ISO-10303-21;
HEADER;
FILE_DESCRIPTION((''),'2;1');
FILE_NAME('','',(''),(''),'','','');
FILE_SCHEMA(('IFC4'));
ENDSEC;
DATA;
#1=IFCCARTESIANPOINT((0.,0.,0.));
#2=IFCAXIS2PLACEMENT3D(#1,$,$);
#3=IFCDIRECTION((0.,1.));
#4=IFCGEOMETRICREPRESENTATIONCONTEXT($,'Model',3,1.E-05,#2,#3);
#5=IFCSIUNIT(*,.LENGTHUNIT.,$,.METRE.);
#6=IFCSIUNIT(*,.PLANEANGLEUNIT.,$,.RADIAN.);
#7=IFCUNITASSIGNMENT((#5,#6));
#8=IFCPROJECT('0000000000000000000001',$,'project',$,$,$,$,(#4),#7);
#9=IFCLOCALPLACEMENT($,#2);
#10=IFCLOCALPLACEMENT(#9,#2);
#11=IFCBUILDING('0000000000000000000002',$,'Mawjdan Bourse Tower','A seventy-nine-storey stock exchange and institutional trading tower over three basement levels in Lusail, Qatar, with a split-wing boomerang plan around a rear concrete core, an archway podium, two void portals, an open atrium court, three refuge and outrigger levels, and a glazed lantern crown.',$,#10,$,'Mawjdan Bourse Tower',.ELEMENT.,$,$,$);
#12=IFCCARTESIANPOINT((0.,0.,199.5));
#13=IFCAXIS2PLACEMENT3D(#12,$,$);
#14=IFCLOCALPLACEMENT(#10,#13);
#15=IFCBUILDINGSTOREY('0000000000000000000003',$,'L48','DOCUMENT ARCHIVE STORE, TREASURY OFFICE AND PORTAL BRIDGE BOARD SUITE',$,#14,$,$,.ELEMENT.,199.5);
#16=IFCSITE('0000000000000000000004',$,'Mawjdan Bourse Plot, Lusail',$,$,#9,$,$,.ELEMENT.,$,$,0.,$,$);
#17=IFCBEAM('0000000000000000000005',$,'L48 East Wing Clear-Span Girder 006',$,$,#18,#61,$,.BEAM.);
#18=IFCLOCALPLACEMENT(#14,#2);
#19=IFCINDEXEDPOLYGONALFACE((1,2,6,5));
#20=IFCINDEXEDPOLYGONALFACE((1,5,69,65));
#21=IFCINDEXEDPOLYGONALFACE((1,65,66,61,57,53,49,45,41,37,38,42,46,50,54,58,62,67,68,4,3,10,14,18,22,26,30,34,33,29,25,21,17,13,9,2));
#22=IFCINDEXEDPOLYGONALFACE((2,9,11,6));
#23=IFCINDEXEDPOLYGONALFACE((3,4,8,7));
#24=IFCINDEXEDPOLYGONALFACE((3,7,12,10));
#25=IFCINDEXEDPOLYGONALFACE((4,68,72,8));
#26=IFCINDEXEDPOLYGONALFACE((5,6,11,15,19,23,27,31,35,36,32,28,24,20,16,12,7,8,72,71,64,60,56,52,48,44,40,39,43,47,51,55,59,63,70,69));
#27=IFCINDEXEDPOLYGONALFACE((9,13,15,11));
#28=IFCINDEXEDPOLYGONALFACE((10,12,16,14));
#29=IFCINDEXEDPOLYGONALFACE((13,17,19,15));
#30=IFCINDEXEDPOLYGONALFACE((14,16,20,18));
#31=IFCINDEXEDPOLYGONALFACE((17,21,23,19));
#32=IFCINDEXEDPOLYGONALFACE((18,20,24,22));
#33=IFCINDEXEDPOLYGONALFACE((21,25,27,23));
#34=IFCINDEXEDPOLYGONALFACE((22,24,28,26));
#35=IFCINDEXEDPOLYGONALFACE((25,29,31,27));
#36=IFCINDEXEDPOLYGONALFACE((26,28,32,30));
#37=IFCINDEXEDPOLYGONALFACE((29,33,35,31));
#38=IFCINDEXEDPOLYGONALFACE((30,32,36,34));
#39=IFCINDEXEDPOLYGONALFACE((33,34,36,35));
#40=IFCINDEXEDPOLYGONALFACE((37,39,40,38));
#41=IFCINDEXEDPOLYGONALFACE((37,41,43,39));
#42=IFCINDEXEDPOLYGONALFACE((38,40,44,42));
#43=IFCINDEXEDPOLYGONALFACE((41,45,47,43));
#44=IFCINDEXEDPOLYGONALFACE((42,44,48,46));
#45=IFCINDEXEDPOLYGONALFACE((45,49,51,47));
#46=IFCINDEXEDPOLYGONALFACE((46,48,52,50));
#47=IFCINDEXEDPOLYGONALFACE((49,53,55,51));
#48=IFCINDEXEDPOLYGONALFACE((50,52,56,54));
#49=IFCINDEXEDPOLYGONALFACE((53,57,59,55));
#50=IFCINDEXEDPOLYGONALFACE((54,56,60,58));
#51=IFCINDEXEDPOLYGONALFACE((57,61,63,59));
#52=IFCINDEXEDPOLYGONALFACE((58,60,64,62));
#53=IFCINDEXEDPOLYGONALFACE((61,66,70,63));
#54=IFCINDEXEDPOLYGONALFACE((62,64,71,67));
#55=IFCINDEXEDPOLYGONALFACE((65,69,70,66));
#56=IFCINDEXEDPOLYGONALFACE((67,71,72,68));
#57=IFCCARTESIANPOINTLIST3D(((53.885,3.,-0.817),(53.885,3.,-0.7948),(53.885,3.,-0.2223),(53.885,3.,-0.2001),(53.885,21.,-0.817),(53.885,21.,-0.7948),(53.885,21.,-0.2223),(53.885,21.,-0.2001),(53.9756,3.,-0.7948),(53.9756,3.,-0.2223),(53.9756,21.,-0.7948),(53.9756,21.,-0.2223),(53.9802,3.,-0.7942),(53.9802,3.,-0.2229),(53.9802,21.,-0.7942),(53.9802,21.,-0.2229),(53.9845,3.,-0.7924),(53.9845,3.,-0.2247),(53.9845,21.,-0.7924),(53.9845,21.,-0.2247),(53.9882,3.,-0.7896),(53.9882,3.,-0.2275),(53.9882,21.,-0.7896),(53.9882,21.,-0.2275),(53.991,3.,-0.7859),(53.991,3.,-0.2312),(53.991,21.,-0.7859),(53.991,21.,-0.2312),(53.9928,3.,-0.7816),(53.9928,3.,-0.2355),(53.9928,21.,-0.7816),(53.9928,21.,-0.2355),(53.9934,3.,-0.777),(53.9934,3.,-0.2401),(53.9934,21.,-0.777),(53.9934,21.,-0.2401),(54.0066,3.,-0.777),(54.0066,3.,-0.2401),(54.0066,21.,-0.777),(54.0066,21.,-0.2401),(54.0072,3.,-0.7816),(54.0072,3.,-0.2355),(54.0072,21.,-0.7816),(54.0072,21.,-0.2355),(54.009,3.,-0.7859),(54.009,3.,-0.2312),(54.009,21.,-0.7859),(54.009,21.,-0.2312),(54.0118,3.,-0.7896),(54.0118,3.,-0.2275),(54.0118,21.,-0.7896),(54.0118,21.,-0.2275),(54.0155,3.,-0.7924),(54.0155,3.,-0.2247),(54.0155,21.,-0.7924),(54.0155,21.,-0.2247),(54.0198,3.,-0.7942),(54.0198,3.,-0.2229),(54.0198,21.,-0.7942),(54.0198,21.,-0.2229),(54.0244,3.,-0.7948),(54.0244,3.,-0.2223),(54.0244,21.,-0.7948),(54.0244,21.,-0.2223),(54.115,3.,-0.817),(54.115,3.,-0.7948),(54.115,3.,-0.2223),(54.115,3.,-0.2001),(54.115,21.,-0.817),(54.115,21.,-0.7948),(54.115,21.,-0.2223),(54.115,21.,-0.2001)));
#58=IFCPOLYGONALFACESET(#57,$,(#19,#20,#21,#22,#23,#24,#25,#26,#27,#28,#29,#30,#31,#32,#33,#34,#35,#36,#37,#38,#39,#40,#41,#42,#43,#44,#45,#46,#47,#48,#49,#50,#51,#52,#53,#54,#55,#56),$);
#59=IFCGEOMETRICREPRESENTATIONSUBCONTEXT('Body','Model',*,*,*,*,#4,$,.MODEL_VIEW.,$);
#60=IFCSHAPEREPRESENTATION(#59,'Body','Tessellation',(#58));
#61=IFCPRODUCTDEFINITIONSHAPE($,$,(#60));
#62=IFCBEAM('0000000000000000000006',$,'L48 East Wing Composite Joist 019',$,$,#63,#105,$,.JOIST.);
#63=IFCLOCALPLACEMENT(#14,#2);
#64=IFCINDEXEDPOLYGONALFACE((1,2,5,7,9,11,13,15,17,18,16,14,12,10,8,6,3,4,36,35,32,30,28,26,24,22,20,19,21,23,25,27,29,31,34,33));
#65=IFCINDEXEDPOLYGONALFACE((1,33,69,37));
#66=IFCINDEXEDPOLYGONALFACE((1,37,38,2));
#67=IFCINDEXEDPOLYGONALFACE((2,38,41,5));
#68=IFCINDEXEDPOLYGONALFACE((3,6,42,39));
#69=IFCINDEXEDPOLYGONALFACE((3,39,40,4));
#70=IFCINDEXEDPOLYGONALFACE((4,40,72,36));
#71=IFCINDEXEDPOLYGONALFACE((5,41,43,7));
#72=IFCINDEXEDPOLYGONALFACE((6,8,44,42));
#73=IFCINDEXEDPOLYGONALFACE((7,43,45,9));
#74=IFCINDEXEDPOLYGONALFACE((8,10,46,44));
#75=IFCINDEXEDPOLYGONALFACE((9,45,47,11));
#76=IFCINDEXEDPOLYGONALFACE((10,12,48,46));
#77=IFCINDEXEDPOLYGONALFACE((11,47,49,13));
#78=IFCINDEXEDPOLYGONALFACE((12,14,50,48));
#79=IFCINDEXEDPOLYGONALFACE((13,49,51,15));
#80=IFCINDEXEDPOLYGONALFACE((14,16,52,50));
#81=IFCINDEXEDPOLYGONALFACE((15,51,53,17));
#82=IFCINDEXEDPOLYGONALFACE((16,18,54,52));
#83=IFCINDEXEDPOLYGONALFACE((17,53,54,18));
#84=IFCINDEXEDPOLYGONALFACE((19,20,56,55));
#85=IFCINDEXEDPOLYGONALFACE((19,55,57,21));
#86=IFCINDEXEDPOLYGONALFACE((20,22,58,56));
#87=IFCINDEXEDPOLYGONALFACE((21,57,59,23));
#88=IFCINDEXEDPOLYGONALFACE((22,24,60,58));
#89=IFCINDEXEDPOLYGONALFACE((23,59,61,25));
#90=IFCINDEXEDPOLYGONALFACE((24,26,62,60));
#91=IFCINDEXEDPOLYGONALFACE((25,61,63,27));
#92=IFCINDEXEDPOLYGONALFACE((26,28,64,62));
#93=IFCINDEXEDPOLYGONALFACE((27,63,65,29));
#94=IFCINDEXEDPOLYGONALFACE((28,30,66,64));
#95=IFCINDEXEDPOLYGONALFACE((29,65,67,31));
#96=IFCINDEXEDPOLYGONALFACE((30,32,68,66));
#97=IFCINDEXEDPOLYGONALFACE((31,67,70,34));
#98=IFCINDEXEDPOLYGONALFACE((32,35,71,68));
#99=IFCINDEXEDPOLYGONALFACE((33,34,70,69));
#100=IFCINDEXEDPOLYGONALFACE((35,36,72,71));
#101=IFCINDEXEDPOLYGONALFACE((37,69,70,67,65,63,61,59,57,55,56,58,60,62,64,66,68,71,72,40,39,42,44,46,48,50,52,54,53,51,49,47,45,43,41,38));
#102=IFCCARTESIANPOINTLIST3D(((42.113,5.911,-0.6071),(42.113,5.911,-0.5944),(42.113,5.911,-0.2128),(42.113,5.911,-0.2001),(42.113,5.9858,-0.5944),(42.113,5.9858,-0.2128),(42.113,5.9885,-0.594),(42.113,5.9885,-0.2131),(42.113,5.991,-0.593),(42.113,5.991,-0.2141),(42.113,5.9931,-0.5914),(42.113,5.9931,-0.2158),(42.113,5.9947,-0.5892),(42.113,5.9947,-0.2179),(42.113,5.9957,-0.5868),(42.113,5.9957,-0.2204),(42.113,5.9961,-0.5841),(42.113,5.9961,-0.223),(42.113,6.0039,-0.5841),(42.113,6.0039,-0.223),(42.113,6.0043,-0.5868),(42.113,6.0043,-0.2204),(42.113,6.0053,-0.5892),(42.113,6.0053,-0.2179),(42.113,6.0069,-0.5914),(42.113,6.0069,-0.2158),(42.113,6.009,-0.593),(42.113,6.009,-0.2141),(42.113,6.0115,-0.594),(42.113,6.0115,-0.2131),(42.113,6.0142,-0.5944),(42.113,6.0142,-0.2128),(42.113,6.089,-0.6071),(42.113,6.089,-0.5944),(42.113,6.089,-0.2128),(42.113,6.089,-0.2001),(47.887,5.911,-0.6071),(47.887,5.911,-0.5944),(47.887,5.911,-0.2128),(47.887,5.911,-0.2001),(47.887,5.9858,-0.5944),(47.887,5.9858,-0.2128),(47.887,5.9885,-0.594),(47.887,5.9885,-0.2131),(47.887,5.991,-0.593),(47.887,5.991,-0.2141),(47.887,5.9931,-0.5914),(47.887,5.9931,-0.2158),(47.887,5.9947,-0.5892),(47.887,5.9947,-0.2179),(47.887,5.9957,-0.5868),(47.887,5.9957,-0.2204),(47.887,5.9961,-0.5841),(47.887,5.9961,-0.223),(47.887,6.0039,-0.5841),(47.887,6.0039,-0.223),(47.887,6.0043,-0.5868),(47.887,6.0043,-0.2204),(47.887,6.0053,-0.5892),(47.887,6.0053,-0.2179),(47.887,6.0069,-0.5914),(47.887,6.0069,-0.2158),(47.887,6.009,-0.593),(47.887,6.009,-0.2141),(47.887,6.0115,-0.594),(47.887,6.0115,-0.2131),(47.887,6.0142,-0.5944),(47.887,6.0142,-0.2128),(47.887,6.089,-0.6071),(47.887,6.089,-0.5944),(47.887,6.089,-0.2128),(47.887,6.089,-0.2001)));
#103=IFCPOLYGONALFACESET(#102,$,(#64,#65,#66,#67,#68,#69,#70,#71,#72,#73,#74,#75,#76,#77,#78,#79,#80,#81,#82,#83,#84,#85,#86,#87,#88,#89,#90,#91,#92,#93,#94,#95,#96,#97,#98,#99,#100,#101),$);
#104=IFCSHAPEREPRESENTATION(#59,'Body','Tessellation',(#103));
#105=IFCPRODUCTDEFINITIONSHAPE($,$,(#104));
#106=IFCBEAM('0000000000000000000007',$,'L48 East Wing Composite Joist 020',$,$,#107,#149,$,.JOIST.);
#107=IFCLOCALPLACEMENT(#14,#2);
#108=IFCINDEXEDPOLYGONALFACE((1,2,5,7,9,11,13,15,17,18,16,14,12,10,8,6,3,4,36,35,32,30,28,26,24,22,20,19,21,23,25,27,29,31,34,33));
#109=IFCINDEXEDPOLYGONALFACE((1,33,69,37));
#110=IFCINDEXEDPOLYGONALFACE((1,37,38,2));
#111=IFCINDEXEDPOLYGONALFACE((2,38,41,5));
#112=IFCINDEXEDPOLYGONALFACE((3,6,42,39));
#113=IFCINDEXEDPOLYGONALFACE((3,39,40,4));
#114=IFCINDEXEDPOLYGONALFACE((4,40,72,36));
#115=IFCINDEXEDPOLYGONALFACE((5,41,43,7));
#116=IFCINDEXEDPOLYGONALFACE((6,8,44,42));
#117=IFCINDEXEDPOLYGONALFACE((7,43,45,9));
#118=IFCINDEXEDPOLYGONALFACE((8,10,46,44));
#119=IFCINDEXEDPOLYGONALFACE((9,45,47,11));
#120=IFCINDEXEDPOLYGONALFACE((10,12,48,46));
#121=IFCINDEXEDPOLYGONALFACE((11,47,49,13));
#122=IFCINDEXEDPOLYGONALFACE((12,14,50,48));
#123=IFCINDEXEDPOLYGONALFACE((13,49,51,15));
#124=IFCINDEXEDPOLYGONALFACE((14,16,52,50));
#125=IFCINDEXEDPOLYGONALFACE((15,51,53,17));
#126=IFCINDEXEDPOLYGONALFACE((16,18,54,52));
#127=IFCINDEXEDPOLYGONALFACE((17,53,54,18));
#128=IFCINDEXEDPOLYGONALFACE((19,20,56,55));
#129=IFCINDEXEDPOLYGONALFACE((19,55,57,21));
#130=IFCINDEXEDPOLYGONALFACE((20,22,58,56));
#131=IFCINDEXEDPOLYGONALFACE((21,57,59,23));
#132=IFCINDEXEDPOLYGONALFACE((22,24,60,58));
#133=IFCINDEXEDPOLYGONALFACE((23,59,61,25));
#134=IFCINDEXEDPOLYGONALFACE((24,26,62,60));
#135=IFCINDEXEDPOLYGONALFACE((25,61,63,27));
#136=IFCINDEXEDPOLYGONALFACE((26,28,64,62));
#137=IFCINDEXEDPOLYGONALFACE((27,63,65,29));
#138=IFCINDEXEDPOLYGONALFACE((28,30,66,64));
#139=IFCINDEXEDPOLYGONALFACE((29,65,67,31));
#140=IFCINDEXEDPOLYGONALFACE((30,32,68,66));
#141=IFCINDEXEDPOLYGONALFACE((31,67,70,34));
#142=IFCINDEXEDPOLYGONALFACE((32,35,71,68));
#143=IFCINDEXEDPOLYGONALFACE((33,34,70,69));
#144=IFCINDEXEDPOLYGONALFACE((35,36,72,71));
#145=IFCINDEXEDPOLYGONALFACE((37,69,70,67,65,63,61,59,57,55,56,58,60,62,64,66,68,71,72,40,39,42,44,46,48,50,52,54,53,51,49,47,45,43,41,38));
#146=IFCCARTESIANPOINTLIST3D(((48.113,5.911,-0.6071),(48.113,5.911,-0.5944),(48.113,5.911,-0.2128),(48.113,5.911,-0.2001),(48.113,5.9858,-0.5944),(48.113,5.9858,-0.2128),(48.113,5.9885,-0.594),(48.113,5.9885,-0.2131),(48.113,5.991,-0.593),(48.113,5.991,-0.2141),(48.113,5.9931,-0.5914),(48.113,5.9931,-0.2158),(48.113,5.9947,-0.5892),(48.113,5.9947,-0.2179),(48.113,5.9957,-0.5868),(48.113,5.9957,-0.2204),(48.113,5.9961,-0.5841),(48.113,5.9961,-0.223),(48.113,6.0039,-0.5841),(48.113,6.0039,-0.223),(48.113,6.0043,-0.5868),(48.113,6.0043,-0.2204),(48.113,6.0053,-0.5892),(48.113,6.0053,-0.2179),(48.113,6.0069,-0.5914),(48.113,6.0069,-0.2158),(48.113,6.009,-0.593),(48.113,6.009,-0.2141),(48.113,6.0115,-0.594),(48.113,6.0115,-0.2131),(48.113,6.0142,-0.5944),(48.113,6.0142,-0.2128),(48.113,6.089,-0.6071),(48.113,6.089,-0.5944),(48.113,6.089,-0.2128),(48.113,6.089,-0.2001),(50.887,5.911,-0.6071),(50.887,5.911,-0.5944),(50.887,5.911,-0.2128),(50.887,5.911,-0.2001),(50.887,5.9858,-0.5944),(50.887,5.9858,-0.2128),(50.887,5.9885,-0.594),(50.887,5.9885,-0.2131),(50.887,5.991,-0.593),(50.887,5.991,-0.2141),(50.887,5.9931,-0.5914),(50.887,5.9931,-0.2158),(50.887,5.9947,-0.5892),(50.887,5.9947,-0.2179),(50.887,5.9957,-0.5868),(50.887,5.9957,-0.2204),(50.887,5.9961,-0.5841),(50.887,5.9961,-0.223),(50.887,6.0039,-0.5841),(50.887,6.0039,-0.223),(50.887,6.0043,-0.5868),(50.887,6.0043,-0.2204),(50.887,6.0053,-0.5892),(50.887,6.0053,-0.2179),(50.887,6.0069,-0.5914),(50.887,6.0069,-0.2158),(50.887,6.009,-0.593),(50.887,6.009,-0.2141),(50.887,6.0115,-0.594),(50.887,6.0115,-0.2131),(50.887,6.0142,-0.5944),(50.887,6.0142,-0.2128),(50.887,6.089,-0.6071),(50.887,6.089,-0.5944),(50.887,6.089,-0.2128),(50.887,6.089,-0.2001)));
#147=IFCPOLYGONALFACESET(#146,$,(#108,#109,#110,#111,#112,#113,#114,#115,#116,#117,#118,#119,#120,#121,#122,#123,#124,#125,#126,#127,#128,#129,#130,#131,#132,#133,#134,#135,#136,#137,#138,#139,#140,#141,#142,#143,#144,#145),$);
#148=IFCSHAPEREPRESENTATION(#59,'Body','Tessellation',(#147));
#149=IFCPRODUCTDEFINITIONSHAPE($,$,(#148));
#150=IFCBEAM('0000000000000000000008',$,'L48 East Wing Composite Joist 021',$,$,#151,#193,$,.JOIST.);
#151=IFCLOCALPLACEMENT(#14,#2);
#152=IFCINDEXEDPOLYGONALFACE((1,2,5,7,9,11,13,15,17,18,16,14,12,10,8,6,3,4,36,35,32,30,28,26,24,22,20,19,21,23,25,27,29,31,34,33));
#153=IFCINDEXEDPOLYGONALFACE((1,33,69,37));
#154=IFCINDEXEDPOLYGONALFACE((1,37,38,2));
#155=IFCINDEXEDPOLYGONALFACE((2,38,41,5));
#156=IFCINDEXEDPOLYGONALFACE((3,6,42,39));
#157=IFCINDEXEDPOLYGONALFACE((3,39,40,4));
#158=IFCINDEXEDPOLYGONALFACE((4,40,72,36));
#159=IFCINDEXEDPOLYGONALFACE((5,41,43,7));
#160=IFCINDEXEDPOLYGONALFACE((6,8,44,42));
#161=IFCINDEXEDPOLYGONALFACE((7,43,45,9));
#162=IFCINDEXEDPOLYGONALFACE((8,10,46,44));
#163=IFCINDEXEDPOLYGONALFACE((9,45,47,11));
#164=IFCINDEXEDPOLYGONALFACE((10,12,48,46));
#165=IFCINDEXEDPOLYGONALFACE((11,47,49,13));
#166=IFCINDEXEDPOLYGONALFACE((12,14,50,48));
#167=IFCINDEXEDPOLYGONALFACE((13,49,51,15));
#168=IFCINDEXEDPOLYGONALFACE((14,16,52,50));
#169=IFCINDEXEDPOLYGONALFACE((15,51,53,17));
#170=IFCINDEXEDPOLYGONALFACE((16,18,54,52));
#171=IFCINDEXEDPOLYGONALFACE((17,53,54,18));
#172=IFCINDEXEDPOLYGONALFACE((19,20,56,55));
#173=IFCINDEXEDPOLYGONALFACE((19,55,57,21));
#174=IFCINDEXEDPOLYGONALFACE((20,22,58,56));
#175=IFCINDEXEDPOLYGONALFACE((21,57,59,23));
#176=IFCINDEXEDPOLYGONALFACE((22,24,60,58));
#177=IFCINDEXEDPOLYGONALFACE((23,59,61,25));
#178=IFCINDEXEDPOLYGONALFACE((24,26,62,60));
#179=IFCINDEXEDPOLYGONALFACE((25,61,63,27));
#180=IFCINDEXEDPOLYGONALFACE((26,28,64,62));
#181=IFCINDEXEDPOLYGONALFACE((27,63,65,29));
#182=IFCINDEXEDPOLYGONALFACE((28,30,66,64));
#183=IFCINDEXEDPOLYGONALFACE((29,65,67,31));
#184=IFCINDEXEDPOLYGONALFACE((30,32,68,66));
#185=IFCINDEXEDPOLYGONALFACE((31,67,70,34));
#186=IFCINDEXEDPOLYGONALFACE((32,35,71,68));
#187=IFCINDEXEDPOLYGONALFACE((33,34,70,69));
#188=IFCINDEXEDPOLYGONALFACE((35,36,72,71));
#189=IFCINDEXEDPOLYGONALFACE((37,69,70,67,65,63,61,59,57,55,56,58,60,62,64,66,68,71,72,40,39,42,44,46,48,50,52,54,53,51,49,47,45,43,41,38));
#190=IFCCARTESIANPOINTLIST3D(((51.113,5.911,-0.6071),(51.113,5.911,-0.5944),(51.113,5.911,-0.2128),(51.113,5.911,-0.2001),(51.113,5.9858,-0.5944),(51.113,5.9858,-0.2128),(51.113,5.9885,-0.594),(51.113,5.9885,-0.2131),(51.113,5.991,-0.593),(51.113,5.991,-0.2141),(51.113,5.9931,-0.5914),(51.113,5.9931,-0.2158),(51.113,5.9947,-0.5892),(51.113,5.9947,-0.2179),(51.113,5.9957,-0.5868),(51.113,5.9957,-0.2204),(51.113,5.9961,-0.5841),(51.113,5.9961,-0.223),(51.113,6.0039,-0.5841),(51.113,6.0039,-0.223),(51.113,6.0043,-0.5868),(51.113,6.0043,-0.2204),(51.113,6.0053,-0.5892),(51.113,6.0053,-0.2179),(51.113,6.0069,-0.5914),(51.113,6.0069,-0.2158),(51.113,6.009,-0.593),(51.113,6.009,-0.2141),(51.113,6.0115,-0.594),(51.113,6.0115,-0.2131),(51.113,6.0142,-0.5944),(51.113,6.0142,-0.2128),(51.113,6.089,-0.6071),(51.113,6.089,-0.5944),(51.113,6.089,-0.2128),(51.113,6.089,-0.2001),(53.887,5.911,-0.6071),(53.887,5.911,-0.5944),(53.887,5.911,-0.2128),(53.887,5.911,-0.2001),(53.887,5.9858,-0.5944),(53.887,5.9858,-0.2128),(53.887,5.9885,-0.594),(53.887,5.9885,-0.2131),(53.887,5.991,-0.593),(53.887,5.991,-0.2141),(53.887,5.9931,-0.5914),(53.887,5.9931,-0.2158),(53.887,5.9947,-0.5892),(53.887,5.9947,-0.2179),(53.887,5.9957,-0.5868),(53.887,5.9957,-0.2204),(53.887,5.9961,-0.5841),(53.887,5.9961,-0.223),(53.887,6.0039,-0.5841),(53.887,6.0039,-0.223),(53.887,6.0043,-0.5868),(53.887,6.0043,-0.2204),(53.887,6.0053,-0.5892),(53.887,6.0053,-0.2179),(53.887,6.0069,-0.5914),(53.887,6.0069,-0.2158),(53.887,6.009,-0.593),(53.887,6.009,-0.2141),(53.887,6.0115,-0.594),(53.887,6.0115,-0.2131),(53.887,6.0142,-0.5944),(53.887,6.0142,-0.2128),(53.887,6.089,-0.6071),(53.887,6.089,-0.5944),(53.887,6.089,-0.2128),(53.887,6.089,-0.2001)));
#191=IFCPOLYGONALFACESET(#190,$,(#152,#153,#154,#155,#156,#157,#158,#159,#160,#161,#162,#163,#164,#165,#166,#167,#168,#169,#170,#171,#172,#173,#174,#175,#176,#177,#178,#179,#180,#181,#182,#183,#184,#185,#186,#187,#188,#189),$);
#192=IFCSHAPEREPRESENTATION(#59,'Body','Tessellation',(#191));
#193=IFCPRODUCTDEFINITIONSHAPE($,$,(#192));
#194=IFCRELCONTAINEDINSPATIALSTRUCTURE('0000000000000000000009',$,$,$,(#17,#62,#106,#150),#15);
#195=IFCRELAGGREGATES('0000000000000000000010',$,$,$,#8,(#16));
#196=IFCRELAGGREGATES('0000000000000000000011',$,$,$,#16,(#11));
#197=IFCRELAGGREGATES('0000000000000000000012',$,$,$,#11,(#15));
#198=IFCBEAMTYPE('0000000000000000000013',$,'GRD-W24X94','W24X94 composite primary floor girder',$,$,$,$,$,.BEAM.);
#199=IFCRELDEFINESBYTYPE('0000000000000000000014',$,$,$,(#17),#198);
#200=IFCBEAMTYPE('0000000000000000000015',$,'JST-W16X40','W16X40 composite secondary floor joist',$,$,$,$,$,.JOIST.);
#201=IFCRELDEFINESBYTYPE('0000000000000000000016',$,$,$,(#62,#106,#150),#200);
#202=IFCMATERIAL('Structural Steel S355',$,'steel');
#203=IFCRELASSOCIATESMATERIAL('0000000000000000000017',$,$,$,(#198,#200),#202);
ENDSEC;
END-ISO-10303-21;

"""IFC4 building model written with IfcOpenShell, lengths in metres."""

from ifc_helpers import new_model, si_unit, direction, frame, origin, origin_2d, place, context, subcontext, project, spatial, i_section, extrude, material, material_profile, profile_set, type_object, element, save


model = new_model("IFC4")

# Units and contexts
model_context = context("Model", 3, precision=1e-05, world=origin(), true_north=direction((0.0, 1.0)))
body_context = subcontext(model_context, "Body", "Model", "MODEL_VIEW")
ifc_project = project(units=[si_unit("LENGTHUNIT", "METRE"), si_unit("PLANEANGLEUNIT", "RADIAN")], contexts=[model_context])

# Site, building, storey
site_placement = place(None, origin())
site = spatial("IfcSite", under=ifc_project, at=site_placement, Name="Mawjdan Bourse Plot, Lusail", CompositionType="ELEMENT", RefElevation=0.0)
building_placement = place(site_placement, origin())
building = spatial("IfcBuilding", under=site, at=building_placement, Name="Mawjdan Bourse Tower", Description="A seventy-nine-storey stock exchange and institutional trading tower over three basement levels in Lusail, Qatar, with a split-wing boomerang plan around a rear concrete core, an archway podium, two void portals, an open atrium court, three refuge and outrigger levels, and a glazed lantern crown.", LongName="Mawjdan Bourse Tower", CompositionType="ELEMENT")
storey_placement = place(building_placement, frame((0.0, 0.0, 199.5)))
storey = spatial("IfcBuildingStorey", under=building, at=storey_placement, Name="L48", Description="DOCUMENT ARCHIVE STORE, TREASURY OFFICE AND PORTAL BRIDGE BOARD SUITE", CompositionType="ELEMENT", Elevation=199.5)

# Beams
ifc_material_1 = material(Name="Structural Steel S355", Category="steel")
ifc_material_profile_1 = material_profile(ifc_material_1, i_section(OverallWidth=0.23, OverallDepth=0.6169, WebThickness=0.0132, FlangeThickness=0.0222, FilletRadius=0.0178, at=origin_2d()), Name="W24X94")
ifc_profile_set_1 = profile_set([ifc_material_profile_1], Name="Structural Steel S355")
beam_type_1 = type_object("IfcBeamType", Name="GRD-W24X94", Description="W24X94 composite primary floor girder", PredefinedType="BEAM", material=ifc_profile_set_1)
for number, where, z_axis, x_axis, name in (
    (1, (54.0, 3.0, -0.5085), (0.0, 1.0, 0.0), (-1.0, 0.0, 0.0), "L48 East Wing Clear-Span Girder 006"),
):
    element("IfcBeam", number, at=place(storey_placement, frame(where, z_axis=z_axis, x_axis=x_axis)), inside=storey, type_object=beam_type_1, Name=name, PredefinedType="BEAM", context=body_context, shape_type="SweptSolid", body=[
        extrude(i_section(OverallWidth=0.23, OverallDepth=0.6169, WebThickness=0.0132, FlangeThickness=0.0222, FilletRadius=0.0178, at=origin_2d()), origin(), (0.0, 0.0, 1.0), 18.0),
    ])
ifc_material_profile_2 = material_profile(ifc_material_1, i_section(OverallWidth=0.178, OverallDepth=0.407, WebThickness=0.0078, FlangeThickness=0.0127, FilletRadius=0.0103, at=origin_2d()), Name="W16X40")
ifc_profile_set_2 = profile_set([ifc_material_profile_2], Name="Structural Steel S355")
beam_type_2 = type_object("IfcBeamType", Name="JST-W16X40", Description="W16X40 composite secondary floor joist", PredefinedType="JOIST", material=ifc_profile_set_2)
beam_1_placement = place(storey_placement, frame((42.113, 6.0, -0.4036), z_axis=(1.0, 0.0, 0.0), x_axis=(0.0, 1.0, 0.0)))
element("IfcBeam", 2, at=beam_1_placement, inside=storey, type_object=beam_type_2, Name="L48 East Wing Composite Joist 019", PredefinedType="JOIST", context=body_context, shape_type="SweptSolid", body=[
    extrude(i_section(OverallWidth=0.178, OverallDepth=0.407, WebThickness=0.0078, FlangeThickness=0.0127, FilletRadius=0.0103, at=origin_2d()), origin(), (0.0, 0.0, 1.0), 5.7739),
])
for number, where, z_axis, x_axis, name in (
    (3, (48.113, 6.0, -0.4036), (1.0, 0.0, 0.0), (0.0, 1.0, 0.0), "L48 East Wing Composite Joist 020"),
    (4, (51.113, 6.0, -0.4036), (1.0, 0.0, 0.0), (0.0, 1.0, 0.0), "L48 East Wing Composite Joist 021"),
):
    element("IfcBeam", number, at=place(storey_placement, frame(where, z_axis=z_axis, x_axis=x_axis)), inside=storey, type_object=beam_type_2, Name=name, PredefinedType="JOIST", context=body_context, shape_type="SweptSolid", body=[
        extrude(i_section(OverallWidth=0.178, OverallDepth=0.407, WebThickness=0.0078, FlangeThickness=0.0127, FilletRadius=0.0103, at=origin_2d()), origin(), (0.0, 0.0, 1.0), 2.7739),
    ])

save(model, "model.ifc")
